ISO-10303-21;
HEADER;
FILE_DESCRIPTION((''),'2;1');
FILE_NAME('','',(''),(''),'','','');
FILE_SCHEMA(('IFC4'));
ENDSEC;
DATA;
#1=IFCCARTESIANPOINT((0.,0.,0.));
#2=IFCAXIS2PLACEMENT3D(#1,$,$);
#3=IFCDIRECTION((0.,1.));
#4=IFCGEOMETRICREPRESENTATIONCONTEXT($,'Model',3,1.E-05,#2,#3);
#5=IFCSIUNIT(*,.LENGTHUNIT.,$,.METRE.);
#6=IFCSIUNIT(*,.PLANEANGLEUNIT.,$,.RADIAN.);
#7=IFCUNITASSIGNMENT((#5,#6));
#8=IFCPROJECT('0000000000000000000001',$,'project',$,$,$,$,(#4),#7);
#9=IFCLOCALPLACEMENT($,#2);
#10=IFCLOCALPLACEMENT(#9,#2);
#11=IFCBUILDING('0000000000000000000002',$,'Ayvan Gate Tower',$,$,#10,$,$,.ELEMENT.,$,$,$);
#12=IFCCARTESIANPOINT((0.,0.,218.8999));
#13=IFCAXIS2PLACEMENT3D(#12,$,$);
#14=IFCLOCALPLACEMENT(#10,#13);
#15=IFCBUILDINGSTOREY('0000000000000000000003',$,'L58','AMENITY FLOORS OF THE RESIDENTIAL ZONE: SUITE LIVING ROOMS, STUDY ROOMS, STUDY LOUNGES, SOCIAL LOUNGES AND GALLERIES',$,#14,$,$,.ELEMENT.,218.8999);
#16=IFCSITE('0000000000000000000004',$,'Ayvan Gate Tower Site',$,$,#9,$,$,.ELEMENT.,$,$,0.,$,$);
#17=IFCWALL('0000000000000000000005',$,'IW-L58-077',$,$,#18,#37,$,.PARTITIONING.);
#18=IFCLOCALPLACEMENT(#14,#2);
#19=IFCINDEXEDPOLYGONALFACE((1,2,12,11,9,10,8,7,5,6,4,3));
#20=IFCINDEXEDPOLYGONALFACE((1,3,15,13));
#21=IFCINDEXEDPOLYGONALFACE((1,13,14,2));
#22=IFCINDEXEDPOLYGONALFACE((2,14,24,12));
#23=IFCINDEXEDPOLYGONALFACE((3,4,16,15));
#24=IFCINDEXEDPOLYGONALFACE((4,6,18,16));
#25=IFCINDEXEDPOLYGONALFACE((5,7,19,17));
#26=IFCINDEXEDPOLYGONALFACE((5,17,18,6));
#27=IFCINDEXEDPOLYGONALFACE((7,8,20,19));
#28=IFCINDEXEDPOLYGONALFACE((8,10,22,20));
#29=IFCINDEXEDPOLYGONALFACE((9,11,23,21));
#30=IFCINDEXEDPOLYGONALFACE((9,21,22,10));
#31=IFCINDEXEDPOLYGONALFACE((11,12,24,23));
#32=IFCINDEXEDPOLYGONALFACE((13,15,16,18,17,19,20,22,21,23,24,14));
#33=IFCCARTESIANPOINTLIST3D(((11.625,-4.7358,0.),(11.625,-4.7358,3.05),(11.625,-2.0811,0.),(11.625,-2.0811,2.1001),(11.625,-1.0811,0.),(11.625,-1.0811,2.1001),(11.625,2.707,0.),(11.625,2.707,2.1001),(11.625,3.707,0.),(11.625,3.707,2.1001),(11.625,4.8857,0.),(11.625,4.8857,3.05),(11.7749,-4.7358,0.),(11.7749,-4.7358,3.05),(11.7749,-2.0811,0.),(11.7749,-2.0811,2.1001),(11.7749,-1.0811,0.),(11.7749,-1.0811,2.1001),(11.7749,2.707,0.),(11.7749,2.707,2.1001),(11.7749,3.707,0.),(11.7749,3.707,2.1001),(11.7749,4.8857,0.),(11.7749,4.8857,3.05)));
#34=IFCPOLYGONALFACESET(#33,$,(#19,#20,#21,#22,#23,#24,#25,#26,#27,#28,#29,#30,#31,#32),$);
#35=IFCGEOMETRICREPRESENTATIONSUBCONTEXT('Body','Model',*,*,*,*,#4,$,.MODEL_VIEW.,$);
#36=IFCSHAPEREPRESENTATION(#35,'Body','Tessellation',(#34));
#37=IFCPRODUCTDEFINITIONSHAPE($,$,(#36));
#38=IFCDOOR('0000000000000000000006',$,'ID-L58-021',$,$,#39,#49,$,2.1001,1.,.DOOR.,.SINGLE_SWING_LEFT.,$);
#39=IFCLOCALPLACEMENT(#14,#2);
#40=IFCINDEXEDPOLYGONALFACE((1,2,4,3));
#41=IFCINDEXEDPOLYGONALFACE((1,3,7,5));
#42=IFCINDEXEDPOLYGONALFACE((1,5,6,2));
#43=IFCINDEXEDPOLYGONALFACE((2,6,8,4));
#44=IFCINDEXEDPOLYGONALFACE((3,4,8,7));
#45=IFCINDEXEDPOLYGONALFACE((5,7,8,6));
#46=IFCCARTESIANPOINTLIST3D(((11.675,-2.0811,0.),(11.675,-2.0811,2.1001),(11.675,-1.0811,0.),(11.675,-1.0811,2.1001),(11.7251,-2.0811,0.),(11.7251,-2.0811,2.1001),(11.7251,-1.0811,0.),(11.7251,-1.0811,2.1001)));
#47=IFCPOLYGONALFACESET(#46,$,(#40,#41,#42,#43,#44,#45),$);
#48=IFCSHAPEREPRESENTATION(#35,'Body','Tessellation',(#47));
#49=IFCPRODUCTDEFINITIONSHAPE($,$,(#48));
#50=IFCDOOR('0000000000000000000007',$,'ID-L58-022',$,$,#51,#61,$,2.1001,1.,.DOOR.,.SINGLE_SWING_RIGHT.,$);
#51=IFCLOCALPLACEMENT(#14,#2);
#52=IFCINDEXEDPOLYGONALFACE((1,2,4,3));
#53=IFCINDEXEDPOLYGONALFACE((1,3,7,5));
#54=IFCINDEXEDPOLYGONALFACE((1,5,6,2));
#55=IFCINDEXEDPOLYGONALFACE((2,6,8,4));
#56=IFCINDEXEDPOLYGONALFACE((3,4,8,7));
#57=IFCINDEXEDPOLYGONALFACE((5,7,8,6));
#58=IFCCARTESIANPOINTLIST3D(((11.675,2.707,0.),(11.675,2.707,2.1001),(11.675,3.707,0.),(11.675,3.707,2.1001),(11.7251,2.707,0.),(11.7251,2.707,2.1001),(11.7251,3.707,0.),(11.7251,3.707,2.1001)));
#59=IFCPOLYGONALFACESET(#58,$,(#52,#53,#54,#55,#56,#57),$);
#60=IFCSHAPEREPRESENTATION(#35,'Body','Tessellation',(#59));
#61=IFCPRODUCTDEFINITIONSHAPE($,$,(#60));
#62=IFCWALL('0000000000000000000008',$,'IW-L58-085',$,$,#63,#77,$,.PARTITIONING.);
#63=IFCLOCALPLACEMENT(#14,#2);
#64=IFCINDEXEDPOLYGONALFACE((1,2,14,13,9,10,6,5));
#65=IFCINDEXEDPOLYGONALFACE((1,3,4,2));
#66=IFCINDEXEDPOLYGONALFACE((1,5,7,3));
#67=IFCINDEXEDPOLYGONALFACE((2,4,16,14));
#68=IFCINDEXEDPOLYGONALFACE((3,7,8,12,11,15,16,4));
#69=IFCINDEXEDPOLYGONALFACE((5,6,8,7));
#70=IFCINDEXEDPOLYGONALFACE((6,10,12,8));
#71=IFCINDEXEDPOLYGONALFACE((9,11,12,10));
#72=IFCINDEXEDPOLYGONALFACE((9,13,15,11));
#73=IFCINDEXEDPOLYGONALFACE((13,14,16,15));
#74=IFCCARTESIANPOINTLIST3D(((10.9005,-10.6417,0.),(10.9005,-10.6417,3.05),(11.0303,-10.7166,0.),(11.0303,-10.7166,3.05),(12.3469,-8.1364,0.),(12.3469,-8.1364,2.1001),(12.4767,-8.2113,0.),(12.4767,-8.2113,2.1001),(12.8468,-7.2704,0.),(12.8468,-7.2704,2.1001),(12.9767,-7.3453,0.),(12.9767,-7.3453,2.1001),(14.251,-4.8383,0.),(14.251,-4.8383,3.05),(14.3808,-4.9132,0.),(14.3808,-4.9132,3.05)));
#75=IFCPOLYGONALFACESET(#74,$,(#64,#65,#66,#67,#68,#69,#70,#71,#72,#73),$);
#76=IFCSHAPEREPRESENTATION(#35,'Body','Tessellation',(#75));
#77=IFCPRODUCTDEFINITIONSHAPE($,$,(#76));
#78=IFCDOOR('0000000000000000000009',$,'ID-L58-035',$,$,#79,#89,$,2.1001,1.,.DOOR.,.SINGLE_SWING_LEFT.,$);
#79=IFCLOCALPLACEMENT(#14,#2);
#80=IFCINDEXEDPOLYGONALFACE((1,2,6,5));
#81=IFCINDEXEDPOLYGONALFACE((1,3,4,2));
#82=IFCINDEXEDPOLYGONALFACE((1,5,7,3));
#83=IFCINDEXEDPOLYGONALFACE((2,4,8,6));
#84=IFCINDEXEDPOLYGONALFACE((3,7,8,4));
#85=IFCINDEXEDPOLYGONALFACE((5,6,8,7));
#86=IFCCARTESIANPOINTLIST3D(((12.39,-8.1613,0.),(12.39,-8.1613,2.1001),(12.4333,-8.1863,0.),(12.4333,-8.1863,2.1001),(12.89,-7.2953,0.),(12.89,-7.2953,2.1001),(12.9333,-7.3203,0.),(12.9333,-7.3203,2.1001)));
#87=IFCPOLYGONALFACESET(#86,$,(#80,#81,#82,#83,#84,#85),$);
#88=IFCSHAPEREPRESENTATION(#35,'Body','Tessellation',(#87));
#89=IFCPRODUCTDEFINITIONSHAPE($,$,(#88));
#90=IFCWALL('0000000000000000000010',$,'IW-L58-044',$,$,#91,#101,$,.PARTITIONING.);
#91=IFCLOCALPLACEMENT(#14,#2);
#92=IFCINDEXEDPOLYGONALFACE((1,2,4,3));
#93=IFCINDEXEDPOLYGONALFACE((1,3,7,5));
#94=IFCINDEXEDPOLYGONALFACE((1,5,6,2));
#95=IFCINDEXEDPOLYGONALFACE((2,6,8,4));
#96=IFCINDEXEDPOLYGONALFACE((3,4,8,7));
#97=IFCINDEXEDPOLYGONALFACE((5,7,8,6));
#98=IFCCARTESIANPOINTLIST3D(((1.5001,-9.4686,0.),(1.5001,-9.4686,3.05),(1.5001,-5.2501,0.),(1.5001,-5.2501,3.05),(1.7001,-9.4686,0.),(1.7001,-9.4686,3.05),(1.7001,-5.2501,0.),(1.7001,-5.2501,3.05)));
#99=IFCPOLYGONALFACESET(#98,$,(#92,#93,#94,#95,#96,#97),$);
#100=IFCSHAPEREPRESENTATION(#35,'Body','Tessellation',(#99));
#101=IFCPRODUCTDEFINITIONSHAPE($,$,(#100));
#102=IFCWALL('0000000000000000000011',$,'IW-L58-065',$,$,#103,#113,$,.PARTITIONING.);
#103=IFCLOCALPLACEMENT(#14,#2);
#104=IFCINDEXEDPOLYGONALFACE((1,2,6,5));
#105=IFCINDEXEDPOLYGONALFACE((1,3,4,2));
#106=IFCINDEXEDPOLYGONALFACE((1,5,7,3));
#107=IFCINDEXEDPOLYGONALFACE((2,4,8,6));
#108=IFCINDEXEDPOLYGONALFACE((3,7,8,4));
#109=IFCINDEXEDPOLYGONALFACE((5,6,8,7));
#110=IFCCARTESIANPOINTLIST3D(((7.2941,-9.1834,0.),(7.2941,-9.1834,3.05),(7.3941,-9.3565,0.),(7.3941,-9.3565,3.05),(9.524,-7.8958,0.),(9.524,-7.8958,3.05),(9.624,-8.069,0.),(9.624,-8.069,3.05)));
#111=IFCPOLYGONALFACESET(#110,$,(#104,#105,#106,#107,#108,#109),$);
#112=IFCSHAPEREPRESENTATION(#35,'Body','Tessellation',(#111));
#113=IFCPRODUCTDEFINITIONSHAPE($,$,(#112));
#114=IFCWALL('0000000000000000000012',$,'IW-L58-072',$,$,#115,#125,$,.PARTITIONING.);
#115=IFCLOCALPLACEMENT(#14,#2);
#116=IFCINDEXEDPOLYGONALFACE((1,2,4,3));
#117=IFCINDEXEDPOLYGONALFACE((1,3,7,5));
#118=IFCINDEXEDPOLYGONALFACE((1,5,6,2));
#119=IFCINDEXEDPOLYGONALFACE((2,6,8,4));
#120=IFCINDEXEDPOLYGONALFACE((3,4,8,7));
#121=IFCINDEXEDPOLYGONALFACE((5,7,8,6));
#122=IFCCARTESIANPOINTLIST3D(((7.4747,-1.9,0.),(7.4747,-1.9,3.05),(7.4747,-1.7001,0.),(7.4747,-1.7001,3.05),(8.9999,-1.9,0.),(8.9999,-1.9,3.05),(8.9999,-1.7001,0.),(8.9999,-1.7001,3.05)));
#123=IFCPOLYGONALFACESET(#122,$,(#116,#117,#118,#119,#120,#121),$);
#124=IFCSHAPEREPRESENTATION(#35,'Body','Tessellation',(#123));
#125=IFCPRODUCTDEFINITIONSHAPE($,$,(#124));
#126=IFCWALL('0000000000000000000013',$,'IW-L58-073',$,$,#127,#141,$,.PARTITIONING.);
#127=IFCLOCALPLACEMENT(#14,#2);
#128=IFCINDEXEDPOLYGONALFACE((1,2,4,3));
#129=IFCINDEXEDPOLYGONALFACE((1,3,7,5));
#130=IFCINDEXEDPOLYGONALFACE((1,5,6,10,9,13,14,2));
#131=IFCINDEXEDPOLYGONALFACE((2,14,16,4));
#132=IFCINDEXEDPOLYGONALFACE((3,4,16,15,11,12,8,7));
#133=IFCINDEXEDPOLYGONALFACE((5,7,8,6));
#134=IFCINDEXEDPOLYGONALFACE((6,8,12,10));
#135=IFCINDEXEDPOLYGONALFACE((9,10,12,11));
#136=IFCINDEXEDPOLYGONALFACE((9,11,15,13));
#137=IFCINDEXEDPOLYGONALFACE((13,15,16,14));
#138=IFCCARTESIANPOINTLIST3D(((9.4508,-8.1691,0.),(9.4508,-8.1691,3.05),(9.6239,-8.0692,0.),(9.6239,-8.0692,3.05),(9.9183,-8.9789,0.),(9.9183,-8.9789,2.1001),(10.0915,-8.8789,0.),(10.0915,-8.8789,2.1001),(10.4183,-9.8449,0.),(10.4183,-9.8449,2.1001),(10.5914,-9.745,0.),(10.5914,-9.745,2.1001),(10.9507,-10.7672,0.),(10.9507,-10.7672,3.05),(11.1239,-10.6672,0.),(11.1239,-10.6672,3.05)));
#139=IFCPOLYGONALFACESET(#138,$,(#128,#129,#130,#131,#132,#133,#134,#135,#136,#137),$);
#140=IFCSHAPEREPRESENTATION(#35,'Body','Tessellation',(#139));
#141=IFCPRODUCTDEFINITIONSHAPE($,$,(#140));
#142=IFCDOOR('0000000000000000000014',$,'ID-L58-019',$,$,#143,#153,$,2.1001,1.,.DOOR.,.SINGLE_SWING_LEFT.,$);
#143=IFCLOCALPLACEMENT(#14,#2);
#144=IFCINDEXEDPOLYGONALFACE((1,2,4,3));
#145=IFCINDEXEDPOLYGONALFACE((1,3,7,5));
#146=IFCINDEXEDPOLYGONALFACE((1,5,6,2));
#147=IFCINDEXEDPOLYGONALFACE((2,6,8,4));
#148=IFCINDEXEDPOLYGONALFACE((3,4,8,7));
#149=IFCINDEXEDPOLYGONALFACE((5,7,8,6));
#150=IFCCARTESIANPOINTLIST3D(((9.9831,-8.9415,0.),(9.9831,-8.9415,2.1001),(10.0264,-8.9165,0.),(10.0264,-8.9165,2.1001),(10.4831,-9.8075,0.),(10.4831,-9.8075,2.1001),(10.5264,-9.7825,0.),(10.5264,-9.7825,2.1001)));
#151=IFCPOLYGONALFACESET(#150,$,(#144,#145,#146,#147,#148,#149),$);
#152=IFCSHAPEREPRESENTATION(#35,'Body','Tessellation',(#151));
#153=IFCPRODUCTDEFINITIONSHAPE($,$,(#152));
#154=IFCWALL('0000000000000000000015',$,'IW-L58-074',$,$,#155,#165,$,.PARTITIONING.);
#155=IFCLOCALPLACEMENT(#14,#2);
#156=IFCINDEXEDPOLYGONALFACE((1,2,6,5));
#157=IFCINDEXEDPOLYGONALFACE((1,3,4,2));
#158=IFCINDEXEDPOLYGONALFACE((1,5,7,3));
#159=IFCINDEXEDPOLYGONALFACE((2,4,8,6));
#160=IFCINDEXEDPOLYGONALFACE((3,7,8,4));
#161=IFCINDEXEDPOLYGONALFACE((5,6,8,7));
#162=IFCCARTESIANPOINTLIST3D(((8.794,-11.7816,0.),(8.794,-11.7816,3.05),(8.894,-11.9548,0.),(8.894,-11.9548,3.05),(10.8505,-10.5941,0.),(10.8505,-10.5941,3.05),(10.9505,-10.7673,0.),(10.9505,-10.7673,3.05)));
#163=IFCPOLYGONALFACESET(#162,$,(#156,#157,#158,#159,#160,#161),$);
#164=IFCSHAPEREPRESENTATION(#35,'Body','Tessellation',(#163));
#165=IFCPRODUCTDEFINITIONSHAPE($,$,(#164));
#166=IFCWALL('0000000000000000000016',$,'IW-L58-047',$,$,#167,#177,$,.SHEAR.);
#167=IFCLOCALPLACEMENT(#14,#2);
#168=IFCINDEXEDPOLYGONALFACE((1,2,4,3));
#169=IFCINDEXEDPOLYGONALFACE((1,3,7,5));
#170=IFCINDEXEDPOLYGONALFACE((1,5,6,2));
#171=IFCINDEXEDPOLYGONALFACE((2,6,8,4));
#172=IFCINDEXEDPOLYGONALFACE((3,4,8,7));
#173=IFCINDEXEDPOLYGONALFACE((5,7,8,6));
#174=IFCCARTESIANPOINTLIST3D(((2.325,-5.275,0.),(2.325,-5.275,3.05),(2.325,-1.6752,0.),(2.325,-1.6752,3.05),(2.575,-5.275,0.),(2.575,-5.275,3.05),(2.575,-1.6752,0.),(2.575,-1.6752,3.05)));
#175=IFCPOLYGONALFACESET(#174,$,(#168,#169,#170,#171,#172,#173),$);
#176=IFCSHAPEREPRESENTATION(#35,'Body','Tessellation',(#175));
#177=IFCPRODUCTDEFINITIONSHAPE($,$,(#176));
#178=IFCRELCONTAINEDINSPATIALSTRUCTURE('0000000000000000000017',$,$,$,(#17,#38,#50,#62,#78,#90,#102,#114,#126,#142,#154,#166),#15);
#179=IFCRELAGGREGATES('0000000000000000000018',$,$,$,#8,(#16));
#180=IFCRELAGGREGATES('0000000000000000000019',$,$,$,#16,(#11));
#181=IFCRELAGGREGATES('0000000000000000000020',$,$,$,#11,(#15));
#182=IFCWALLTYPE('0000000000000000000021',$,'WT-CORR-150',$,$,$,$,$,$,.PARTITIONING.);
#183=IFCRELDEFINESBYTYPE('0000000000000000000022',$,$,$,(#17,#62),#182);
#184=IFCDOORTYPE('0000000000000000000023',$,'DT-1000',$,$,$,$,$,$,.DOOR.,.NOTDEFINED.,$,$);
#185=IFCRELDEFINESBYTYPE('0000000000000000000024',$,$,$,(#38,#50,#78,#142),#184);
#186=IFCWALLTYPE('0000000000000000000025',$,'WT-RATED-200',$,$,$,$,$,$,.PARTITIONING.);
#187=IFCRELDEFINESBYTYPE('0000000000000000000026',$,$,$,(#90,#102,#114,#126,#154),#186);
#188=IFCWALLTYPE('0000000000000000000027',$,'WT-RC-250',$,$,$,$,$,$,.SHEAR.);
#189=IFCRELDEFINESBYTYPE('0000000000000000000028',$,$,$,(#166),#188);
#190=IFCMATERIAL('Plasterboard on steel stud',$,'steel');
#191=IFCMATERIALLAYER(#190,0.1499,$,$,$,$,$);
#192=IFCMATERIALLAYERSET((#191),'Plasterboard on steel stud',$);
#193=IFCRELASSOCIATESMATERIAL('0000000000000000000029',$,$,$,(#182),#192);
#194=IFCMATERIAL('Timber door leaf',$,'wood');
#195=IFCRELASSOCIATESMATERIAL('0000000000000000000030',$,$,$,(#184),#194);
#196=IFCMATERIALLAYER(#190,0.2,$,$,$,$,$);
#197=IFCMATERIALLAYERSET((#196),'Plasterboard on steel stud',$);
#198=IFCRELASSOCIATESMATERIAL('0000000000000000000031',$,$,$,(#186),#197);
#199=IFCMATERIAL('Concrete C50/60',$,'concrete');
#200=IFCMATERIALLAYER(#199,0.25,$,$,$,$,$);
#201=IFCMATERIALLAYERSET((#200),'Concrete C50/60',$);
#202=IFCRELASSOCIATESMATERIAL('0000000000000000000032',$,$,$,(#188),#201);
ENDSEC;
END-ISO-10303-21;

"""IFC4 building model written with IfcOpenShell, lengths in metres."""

from ifc_helpers import new_model, si_unit, direction, frame, frame_2d, origin, place, context, subcontext, project, spatial, rectangle, extrude, material, layer, layer_set, type_object, element, fill, save


model = new_model("IFC4")

# Units and contexts
model_context = context("Model", 3, precision=1e-05, world=origin(), true_north=direction((0.0, 1.0)))
body_context = subcontext(model_context, "Body", "Model", "MODEL_VIEW")
ifc_project = project(units=[si_unit("LENGTHUNIT", "METRE"), si_unit("PLANEANGLEUNIT", "RADIAN")], contexts=[model_context])

# Site, building, storey
site_placement = place(None, origin())
site = spatial("IfcSite", under=ifc_project, at=site_placement, Name="Ayvan Gate Tower Site", CompositionType="ELEMENT", RefElevation=0.0)
building_placement = place(site_placement, origin())
building = spatial("IfcBuilding", under=site, at=building_placement, Name="Ayvan Gate Tower", CompositionType="ELEMENT")
storey_placement = place(building_placement, frame((0.0, 0.0, 218.8999)))
storey = spatial("IfcBuildingStorey", under=building, at=storey_placement, Name="L58", Description="AMENITY FLOORS OF THE RESIDENTIAL ZONE: SUITE LIVING ROOMS, STUDY ROOMS, STUDY LOUNGES, SOCIAL LOUNGES AND GALLERIES", CompositionType="ELEMENT", Elevation=218.8999)

# Shared definitions
ifc_material_1 = material(Name="Concrete C50/60", Category="concrete")

# Shared definitions
ifc_material_2 = material(Name="Timber door leaf", Category="wood")

# Shared definitions
ifc_material_3 = material(Name="Plasterboard on steel stud", Category="steel")
ifc_layer_1 = layer(ifc_material_3, 0.1499)
ifc_layer_set_1 = layer_set([ifc_layer_1], Name="Plasterboard on steel stud")
wall_type_1 = type_object("IfcWallType", Name="WT-CORR-150", PredefinedType="PARTITIONING", material=ifc_layer_set_1)

# Wall, openings, doors
wall_1_placement = place(storey_placement, frame((11.7, -4.7358, 0.0), z_axis=(0.0, 0.0, 1.0), x_axis=(0.0, 1.0, 0.0)))
wall_1 = element("IfcWall", 1, at=wall_1_placement, inside=storey, type_object=wall_type_1, Name="IW-L58-077", PredefinedType="PARTITIONING", context=body_context, shape_type="SweptSolid", body=[
    extrude(rectangle(XDim=9.6216, YDim=0.1499, at=frame_2d((4.8108, 0.0))), origin(), (0.0, 0.0, 1.0), 3.05),
])
opening_1_placement = place(wall_1_placement, frame((2.6548, 0.0, 0.0)))
opening_1 = element("IfcOpeningElement", 2, at=opening_1_placement, cuts=wall_1, PredefinedType="OPENING", context=body_context, shape_type="SweptSolid", body=[
    extrude(rectangle(XDim=1.0, YDim=2.1001, at=frame_2d((0.5, 1.05))), frame((0.0, 0.085, 0.0), z_axis=(0.0, -1.0, 0.0), x_axis=(1.0, 0.0, 0.0)), (0.0, 0.0, 1.0), 0.1699),
])
opening_2_placement = place(wall_1_placement, frame((7.4429, 0.0, 0.0)))
opening_2 = element("IfcOpeningElement", 3, at=opening_2_placement, cuts=wall_1, PredefinedType="OPENING", context=body_context, shape_type="SweptSolid", body=[
    extrude(rectangle(XDim=1.0, YDim=2.1001, at=frame_2d((0.5, 1.05))), frame((0.0, 0.085, 0.0), z_axis=(0.0, -1.0, 0.0), x_axis=(1.0, 0.0, 0.0)), (0.0, 0.0, 1.0), 0.1699),
])
door_type_1 = type_object("IfcDoorType", Name="DT-1000", OperationType="NOTDEFINED", PredefinedType="DOOR", material=ifc_material_2)
door_1_placement = place(opening_1_placement, origin())
door_1 = element("IfcDoor", 4, at=door_1_placement, inside=storey, type_object=door_type_1, Name="ID-L58-021", OperationType="SINGLE_SWING_LEFT", OverallHeight=2.1001, OverallWidth=1.0, PredefinedType="DOOR", context=body_context, shape_type="SweptSolid", body=[
    extrude(rectangle(XDim=1.0, YDim=2.1001, at=frame_2d((0.5, 1.05))), frame((0.0, 0.0249, 0.0), z_axis=(0.0, -1.0, 0.0), x_axis=(1.0, 0.0, 0.0)), (0.0, 0.0, 1.0), 0.05),
])
fill(opening_1, door_1)
door_2_placement = place(opening_2_placement, origin())
door_2 = element("IfcDoor", 5, at=door_2_placement, inside=storey, type_object=door_type_1, Name="ID-L58-022", OperationType="SINGLE_SWING_RIGHT", OverallHeight=2.1001, OverallWidth=1.0, PredefinedType="DOOR", context=body_context, shape_type="SweptSolid", body=[
    extrude(rectangle(XDim=1.0, YDim=2.1001, at=frame_2d((0.5, 1.05))), frame((0.0, 0.0249, 0.0), z_axis=(0.0, -1.0, 0.0), x_axis=(1.0, 0.0, 0.0)), (0.0, 0.0, 1.0), 0.05),
])
fill(opening_2, door_2)

# Wall, opening, door
wall_2_placement = place(storey_placement, frame((14.3159, -4.8757, 0.0), z_axis=(0.0, 0.0, 1.0), x_axis=(-0.499995, -0.866028, 0.0)))
wall_2 = element("IfcWall", 6, at=wall_2_placement, inside=storey, type_object=wall_type_1, Name="IW-L58-085", PredefinedType="PARTITIONING", context=body_context, shape_type="SweptSolid", body=[
    extrude(rectangle(XDim=6.7012, YDim=0.1499, at=frame_2d((3.3506, 0.0))), origin(), (0.0, 0.0, 1.0), 3.05),
])
opening_3_placement = place(wall_2_placement, frame((2.8083, 0.0, 0.0)))
opening_3 = element("IfcOpeningElement", 7, at=opening_3_placement, cuts=wall_2, PredefinedType="OPENING", context=body_context, shape_type="SweptSolid", body=[
    extrude(rectangle(XDim=1.0, YDim=2.1001, at=frame_2d((0.5, 1.05))), frame((0.0, 0.085, 0.0), z_axis=(0.0, -1.0, 0.0), x_axis=(1.0, 0.0, 0.0)), (0.0, 0.0, 1.0), 0.1699),
])
door_3_placement = place(opening_3_placement, origin())
door_3 = element("IfcDoor", 8, at=door_3_placement, inside=storey, type_object=door_type_1, Name="ID-L58-035", OperationType="SINGLE_SWING_LEFT", OverallHeight=2.1001, OverallWidth=1.0, PredefinedType="DOOR", context=body_context, shape_type="SweptSolid", body=[
    extrude(rectangle(XDim=1.0, YDim=2.1001, at=frame_2d((0.5, 1.05))), frame((0.0, 0.0249, 0.0), z_axis=(0.0, -1.0, 0.0), x_axis=(1.0, 0.0, 0.0)), (0.0, 0.0, 1.0), 0.05),
])
fill(opening_3, door_3)

# Walls
ifc_layer_2 = layer(ifc_material_3, 0.2)
ifc_layer_set_2 = layer_set([ifc_layer_2], Name="Plasterboard on steel stud")
wall_type_2 = type_object("IfcWallType", Name="WT-RATED-200", PredefinedType="PARTITIONING", material=ifc_layer_set_2)
wall_3_placement = place(storey_placement, frame((1.6001, -5.25, 0.0), z_axis=(0.0, 0.0, 1.0), x_axis=(0.0, -1.0, 0.0)))
element("IfcWall", 9, at=wall_3_placement, inside=storey, type_object=wall_type_2, Name="IW-L58-044", PredefinedType="PARTITIONING", context=body_context, shape_type="SweptSolid", body=[
    extrude(rectangle(XDim=4.2185, YDim=0.2, at=frame_2d((2.1094, 0.0))), origin(), (0.0, 0.0, 1.0), 3.05),
])
wall_4_placement = place(storey_placement, frame((7.344, -9.27, 0.0), z_axis=(0.0, 0.0, 1.0), x_axis=(0.866006, 0.500034, 0.0)))
element("IfcWall", 10, at=wall_4_placement, inside=storey, type_object=wall_type_2, Name="IW-L58-065", PredefinedType="PARTITIONING", context=body_context, shape_type="SweptSolid", body=[
    extrude(rectangle(XDim=2.575, YDim=0.2, at=frame_2d((1.2876, 0.0))), origin(), (0.0, 0.0, 1.0), 3.05),
])
wall_5_placement = place(storey_placement, frame((9.0, -1.8, 0.0), z_axis=(0.0, 0.0, 1.0), x_axis=(-1.0, 0.0, 0.0)))
element("IfcWall", 11, at=wall_5_placement, inside=storey, type_object=wall_type_2, Name="IW-L58-072", PredefinedType="PARTITIONING", context=body_context, shape_type="SweptSolid", body=[
    extrude(rectangle(XDim=1.5251, YDim=0.2, at=frame_2d((0.7627, 0.0))), origin(), (0.0, 0.0, 1.0), 3.05),
])

# Wall, opening, door
wall_6_placement = place(storey_placement, frame((9.5374, -8.1191, 0.0), z_axis=(0.0, 0.0, 1.0), x_axis=(0.49999, -0.866031, 0.0)))
wall_6 = element("IfcWall", 12, at=wall_6_placement, inside=storey, type_object=wall_type_2, Name="IW-L58-073", PredefinedType="PARTITIONING", context=body_context, shape_type="SweptSolid", body=[
    extrude(rectangle(XDim=3.0, YDim=0.2, at=frame_2d((1.5, 0.0))), origin(), (0.0, 0.0, 1.0), 3.05),
])
opening_4_placement = place(wall_6_placement, frame((0.9351, 0.0, 0.0)))
opening_4 = element("IfcOpeningElement", 13, at=opening_4_placement, cuts=wall_6, PredefinedType="OPENING", context=body_context, shape_type="SweptSolid", body=[
    extrude(rectangle(XDim=1.0, YDim=2.1001, at=frame_2d((0.5, 1.05))), frame((0.0, 0.1099, 0.0), z_axis=(0.0, -1.0, 0.0), x_axis=(1.0, 0.0, 0.0)), (0.0, 0.0, 1.0), 0.22),
])
door_4_placement = place(opening_4_placement, origin())
door_4 = element("IfcDoor", 14, at=door_4_placement, inside=storey, type_object=door_type_1, Name="ID-L58-019", OperationType="SINGLE_SWING_LEFT", OverallHeight=2.1001, OverallWidth=1.0, PredefinedType="DOOR", context=body_context, shape_type="SweptSolid", body=[
    extrude(rectangle(XDim=1.0, YDim=2.1001, at=frame_2d((0.5, 1.05))), frame((0.0, 0.0249, 0.0), z_axis=(0.0, -1.0, 0.0), x_axis=(1.0, 0.0, 0.0)), (0.0, 0.0, 1.0), 0.05),
])
fill(opening_4, door_4)

# Walls
wall_7_placement = place(storey_placement, frame((10.9006, -10.6807, 0.0), z_axis=(0.0, 0.0, 1.0), x_axis=(-0.866008, -0.500031, 0.0)))
element("IfcWall", 15, at=wall_7_placement, inside=storey, type_object=wall_type_2, Name="IW-L58-074", PredefinedType="PARTITIONING", context=body_context, shape_type="SweptSolid", body=[
    extrude(rectangle(XDim=2.3748, YDim=0.2, at=frame_2d((1.1875, 0.0))), origin(), (0.0, 0.0, 1.0), 3.05),
])
ifc_layer_3 = layer(ifc_material_1, 0.25)
ifc_layer_set_3 = layer_set([ifc_layer_3], Name="Concrete C50/60")
wall_type_3 = type_object("IfcWallType", Name="WT-RC-250", PredefinedType="SHEAR", material=ifc_layer_set_3)
wall_8_placement = place(storey_placement, frame((2.45, -5.2749, 0.0), z_axis=(0.0, 0.0, 1.0), x_axis=(0.0, 1.0, 0.0)))
element("IfcWall", 16, at=wall_8_placement, inside=storey, type_object=wall_type_3, Name="IW-L58-047", PredefinedType="SHEAR", context=body_context, shape_type="SweptSolid", body=[
    extrude(rectangle(XDim=3.5999, YDim=0.25, at=frame_2d((1.7998, 0.0))), origin(), (0.0, 0.0, 1.0), 3.05),
])

save(model, "model.ifc")
